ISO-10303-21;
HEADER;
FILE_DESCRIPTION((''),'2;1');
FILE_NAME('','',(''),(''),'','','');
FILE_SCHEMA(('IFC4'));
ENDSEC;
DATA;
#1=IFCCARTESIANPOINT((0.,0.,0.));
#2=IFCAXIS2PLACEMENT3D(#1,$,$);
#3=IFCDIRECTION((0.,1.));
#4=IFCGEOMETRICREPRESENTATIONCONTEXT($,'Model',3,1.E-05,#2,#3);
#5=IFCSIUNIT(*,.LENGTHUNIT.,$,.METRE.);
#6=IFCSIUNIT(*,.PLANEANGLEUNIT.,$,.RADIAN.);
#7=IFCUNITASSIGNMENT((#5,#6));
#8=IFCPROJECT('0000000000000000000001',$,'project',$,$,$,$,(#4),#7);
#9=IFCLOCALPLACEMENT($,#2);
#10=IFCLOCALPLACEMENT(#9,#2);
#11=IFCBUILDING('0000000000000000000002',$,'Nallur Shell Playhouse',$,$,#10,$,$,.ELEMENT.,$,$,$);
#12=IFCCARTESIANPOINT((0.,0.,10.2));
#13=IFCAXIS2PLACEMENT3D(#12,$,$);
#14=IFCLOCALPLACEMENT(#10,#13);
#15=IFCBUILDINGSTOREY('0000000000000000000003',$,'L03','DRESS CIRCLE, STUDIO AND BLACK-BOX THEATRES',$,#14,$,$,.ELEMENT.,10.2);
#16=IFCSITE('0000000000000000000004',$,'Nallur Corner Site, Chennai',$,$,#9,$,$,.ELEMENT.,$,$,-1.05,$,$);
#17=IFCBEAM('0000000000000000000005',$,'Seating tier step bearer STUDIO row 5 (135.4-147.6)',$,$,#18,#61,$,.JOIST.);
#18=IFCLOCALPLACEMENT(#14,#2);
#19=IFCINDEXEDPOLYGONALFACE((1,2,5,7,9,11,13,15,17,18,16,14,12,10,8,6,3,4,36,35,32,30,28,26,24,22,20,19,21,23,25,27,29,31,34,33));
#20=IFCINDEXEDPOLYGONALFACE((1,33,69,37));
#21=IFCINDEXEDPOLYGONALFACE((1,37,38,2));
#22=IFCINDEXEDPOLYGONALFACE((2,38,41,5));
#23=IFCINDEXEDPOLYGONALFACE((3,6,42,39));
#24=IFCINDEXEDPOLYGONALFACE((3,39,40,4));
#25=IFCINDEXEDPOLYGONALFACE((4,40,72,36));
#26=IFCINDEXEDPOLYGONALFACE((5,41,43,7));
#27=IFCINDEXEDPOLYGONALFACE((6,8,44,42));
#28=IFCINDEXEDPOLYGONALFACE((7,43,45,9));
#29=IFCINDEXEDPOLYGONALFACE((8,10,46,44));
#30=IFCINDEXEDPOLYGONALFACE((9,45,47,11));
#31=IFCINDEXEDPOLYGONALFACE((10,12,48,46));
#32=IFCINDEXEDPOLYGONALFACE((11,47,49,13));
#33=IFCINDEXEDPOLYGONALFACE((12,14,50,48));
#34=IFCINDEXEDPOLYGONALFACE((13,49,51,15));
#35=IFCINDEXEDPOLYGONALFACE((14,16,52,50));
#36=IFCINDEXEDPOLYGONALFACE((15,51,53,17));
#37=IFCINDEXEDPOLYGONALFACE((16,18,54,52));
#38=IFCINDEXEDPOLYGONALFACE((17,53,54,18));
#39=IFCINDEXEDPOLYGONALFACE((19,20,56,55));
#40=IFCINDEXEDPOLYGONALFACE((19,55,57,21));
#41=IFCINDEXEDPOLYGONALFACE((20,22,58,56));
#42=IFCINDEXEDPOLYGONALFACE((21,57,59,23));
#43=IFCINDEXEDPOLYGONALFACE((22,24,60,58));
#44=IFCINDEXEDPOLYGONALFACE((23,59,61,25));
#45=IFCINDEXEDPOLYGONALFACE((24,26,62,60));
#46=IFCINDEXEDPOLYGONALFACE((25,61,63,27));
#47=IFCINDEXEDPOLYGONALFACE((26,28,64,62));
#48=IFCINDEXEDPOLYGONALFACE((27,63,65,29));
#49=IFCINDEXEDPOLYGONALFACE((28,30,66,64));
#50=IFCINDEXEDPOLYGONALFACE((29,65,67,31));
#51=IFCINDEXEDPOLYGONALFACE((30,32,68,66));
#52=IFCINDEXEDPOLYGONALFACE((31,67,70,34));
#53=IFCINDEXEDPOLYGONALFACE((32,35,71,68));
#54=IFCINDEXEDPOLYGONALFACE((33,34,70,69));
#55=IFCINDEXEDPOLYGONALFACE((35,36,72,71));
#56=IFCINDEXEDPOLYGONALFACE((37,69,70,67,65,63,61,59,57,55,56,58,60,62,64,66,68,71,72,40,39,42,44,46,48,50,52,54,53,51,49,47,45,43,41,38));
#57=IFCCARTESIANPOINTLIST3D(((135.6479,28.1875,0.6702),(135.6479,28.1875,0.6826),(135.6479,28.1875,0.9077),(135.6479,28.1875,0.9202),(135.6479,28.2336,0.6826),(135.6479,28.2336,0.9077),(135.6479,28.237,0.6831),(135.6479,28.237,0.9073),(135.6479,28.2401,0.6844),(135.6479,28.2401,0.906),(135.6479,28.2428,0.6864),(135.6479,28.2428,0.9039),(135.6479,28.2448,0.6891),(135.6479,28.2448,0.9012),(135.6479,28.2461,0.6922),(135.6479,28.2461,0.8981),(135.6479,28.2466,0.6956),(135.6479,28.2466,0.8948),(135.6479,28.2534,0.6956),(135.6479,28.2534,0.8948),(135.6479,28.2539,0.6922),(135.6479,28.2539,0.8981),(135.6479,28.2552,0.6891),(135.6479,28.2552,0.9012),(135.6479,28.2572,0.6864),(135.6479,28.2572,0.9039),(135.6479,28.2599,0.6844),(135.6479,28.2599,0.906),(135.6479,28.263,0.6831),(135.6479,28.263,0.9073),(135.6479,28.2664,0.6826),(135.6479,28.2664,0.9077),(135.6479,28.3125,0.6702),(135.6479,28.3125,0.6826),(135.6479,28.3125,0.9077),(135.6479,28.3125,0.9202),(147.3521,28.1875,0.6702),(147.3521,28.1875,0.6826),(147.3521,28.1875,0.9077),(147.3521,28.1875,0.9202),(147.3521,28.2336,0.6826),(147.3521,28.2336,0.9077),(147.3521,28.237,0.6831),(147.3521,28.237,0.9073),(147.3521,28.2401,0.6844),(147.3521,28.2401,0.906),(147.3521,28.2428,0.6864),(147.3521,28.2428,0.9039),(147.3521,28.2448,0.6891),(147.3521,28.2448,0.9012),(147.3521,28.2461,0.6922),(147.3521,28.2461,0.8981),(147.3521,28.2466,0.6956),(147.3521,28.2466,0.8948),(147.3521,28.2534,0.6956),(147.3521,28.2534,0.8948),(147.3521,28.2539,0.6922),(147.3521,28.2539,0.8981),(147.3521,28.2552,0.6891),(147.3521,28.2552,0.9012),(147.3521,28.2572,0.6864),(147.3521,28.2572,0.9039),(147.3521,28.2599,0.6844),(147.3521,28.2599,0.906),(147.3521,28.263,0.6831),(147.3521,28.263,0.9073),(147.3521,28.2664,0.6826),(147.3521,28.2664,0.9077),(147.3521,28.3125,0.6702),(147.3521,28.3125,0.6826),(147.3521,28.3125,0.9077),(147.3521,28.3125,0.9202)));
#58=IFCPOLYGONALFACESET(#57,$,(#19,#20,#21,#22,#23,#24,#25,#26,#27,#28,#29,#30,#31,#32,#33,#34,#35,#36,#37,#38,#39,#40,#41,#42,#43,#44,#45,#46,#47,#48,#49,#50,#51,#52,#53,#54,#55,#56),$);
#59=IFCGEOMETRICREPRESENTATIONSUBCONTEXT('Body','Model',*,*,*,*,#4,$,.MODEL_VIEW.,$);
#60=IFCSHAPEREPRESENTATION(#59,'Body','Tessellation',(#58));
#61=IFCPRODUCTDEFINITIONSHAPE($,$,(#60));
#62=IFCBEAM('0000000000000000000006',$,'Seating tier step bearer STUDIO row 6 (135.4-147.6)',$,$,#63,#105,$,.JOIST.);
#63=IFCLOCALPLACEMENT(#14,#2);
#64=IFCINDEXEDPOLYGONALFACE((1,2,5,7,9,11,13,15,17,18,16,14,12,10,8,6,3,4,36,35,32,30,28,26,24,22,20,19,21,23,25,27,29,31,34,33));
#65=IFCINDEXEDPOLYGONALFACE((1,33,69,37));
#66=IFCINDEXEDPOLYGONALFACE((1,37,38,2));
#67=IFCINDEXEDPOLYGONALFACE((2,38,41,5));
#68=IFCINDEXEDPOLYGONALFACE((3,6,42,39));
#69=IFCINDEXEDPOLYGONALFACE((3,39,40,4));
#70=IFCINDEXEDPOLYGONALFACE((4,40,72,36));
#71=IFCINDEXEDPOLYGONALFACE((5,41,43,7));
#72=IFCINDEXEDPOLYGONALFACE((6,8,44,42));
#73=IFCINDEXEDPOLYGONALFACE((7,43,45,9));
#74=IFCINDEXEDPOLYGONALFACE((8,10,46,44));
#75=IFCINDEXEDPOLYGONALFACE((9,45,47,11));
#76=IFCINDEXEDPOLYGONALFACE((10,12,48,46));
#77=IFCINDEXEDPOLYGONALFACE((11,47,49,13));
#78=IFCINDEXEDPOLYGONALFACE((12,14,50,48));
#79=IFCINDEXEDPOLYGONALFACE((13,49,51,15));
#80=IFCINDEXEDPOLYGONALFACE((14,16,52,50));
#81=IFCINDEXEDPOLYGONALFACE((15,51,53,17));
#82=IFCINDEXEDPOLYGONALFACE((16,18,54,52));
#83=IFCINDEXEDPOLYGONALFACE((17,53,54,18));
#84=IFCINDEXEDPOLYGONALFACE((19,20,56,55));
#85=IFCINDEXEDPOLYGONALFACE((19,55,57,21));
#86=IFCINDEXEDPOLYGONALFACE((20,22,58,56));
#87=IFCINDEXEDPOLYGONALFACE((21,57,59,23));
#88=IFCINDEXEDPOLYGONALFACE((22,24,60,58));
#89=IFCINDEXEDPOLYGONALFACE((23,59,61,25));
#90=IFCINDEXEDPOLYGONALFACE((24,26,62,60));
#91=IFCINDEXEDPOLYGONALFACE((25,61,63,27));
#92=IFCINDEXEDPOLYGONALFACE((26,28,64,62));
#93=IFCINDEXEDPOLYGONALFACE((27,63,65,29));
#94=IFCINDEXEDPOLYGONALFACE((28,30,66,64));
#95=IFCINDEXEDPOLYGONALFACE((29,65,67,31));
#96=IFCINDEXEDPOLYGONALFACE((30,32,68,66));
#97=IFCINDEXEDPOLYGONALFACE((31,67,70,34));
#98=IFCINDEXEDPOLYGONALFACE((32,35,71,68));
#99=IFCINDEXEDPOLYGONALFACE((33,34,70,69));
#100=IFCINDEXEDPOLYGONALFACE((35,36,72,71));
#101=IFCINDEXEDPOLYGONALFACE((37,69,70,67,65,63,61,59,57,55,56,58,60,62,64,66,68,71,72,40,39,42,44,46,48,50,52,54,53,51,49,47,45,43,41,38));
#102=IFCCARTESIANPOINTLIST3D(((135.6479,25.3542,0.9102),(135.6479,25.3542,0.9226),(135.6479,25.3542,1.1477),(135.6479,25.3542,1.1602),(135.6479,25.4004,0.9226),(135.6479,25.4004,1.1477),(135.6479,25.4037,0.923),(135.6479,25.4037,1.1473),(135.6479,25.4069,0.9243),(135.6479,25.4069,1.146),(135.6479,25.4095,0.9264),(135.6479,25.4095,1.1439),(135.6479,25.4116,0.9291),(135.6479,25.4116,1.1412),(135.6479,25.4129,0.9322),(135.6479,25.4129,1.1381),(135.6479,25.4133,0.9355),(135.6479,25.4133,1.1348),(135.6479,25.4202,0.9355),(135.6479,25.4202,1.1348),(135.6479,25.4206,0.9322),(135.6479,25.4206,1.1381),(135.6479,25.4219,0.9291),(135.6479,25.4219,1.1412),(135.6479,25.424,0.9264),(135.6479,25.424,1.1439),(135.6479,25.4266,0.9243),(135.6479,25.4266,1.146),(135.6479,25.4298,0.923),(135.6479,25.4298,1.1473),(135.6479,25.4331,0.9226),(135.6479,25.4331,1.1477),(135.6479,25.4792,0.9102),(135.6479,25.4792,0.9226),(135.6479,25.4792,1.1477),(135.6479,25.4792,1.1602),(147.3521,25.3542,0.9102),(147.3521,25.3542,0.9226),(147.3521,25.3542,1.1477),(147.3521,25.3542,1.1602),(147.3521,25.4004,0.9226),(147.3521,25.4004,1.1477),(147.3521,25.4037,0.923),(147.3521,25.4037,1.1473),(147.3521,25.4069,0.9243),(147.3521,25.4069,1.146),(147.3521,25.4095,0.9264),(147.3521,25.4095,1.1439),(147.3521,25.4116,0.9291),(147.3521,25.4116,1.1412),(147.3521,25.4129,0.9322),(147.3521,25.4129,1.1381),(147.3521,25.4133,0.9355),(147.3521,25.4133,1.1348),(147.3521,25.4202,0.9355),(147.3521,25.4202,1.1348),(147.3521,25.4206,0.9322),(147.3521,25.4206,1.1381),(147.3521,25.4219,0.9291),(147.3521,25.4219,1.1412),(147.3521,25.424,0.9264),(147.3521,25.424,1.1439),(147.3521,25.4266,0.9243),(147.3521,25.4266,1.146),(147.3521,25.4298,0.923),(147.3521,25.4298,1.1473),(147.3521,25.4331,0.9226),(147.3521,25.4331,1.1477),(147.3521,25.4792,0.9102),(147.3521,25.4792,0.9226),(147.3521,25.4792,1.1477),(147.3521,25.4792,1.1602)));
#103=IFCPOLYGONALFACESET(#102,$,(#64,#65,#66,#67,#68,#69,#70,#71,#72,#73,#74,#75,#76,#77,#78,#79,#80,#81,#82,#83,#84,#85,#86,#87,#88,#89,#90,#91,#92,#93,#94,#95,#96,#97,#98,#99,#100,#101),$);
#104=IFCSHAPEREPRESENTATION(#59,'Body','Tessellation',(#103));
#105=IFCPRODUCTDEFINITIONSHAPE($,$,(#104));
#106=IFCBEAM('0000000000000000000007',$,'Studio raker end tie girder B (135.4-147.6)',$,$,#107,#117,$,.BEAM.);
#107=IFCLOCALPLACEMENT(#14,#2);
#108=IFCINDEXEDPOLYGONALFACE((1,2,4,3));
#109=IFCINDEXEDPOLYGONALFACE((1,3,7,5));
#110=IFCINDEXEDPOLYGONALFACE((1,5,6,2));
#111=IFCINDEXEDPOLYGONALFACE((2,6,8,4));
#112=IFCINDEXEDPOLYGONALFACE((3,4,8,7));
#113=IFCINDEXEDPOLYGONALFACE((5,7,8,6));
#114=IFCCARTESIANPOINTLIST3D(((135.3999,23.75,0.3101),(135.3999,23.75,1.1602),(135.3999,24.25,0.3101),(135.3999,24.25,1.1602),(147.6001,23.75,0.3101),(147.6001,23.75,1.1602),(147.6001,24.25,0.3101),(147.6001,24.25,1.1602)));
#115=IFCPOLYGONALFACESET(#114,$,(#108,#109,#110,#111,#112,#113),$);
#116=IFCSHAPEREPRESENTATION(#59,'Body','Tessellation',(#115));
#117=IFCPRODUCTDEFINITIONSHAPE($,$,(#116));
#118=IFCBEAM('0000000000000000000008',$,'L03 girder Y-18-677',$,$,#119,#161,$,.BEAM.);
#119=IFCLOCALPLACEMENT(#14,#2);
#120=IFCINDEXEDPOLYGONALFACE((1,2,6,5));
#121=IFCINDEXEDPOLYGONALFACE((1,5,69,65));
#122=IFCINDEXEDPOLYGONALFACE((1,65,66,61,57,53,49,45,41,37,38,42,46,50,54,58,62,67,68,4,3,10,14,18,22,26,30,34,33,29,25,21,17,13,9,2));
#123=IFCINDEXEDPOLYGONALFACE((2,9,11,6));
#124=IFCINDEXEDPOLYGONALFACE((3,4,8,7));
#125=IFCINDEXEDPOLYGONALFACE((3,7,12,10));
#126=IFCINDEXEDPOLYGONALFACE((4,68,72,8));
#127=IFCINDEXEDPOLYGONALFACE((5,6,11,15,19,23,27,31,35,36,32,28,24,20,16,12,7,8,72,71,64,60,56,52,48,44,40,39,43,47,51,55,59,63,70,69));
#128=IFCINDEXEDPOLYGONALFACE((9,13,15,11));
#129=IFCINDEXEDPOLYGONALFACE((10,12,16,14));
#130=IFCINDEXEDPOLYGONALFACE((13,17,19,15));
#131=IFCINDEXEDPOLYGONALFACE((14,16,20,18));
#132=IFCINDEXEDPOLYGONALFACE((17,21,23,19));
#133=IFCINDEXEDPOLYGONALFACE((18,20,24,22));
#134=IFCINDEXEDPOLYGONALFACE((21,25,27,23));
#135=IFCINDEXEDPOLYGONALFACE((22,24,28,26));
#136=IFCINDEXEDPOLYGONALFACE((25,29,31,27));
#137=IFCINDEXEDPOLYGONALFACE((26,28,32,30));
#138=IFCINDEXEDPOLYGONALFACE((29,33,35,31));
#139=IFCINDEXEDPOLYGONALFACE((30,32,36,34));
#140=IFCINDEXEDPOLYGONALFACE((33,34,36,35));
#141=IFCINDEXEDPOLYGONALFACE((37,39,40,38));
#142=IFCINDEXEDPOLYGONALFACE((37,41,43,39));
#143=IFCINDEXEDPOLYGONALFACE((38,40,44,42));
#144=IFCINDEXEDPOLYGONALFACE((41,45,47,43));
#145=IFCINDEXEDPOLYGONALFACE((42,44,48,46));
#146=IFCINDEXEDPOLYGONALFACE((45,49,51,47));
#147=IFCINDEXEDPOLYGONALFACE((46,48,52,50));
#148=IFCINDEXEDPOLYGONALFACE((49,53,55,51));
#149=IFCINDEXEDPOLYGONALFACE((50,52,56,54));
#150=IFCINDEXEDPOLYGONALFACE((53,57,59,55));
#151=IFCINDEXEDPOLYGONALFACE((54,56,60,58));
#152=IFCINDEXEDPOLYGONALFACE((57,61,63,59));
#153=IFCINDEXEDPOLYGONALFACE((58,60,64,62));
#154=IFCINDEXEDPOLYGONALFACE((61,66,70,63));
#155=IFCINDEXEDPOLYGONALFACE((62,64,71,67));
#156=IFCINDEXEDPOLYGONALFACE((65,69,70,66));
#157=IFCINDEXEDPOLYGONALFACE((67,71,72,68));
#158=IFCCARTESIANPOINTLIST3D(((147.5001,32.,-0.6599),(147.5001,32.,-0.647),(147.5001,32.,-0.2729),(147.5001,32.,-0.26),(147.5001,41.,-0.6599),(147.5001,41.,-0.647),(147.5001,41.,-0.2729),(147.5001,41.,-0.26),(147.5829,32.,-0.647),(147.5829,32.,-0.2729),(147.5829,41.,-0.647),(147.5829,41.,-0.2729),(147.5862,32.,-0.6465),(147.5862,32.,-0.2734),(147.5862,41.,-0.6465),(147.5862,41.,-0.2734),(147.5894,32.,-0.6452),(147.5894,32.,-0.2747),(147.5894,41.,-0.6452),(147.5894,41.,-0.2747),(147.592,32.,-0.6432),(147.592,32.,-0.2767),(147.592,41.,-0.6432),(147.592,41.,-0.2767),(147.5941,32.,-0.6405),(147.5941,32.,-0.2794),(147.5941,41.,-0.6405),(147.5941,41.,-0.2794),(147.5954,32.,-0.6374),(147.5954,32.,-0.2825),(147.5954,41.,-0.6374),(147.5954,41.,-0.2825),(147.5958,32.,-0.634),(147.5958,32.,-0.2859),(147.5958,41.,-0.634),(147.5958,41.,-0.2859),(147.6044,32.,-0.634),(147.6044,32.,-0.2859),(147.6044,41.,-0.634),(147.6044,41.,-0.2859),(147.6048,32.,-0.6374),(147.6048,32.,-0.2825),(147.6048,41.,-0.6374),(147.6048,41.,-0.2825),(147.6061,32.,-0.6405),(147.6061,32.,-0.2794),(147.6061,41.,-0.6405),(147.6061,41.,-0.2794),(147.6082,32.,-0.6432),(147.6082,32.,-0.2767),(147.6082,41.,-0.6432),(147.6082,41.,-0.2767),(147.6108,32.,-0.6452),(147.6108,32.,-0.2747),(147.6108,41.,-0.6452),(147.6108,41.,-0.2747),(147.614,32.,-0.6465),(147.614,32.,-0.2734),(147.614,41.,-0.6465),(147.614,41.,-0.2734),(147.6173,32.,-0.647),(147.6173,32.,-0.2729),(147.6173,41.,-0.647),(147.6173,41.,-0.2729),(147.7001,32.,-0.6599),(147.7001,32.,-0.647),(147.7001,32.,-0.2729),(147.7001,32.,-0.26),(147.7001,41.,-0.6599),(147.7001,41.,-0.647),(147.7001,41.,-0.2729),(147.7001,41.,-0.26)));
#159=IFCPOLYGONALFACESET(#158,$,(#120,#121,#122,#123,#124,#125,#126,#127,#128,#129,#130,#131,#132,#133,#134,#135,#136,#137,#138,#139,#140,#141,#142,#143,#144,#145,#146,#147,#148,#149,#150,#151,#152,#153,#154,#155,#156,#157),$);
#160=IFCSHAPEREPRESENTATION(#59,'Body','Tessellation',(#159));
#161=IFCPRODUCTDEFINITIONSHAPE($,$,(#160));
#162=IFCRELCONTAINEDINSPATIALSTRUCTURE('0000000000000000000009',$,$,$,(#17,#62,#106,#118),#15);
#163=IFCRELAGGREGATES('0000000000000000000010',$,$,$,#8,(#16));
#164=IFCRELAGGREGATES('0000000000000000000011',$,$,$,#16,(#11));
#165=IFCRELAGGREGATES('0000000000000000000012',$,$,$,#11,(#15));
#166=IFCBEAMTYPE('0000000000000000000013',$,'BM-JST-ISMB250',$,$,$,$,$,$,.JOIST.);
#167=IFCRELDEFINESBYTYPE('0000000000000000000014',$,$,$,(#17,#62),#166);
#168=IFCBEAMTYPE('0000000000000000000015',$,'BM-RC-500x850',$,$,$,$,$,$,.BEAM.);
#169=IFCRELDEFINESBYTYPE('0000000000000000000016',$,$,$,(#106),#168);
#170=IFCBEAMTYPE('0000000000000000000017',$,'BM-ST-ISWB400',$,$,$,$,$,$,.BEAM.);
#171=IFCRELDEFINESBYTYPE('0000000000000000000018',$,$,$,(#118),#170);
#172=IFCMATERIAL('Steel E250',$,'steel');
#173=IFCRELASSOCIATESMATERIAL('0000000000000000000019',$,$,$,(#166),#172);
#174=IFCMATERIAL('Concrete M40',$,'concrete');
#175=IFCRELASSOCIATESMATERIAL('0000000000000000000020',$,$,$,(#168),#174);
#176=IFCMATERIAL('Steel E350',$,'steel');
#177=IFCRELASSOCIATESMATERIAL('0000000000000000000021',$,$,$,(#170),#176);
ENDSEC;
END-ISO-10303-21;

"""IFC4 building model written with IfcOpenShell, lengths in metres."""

from ifc_helpers import new_model, si_unit, direction, frame, origin, origin_2d, place, context, subcontext, project, spatial, rectangle, i_section, extrude, material, material_profile, profile_set, type_object, element, save


model = new_model("IFC4")

# Units and contexts
model_context = context("Model", 3, precision=1e-05, world=origin(), true_north=direction((0.0, 1.0)))
body_context = subcontext(model_context, "Body", "Model", "MODEL_VIEW")
ifc_project = project(units=[si_unit("LENGTHUNIT", "METRE"), si_unit("PLANEANGLEUNIT", "RADIAN")], contexts=[model_context])

# Site, building, storey
site_placement = place(None, origin())
site = spatial("IfcSite", under=ifc_project, at=site_placement, Name="Nallur Corner Site, Chennai", CompositionType="ELEMENT", RefElevation=-1.05)
building_placement = place(site_placement, origin())
building = spatial("IfcBuilding", under=site, at=building_placement, Name="Nallur Shell Playhouse", CompositionType="ELEMENT")
storey_placement = place(building_placement, frame((0.0, 0.0, 10.2)))
storey = spatial("IfcBuildingStorey", under=building, at=storey_placement, Name="L03", Description="DRESS CIRCLE, STUDIO AND BLACK-BOX THEATRES", CompositionType="ELEMENT", Elevation=10.2)

# Shared definitions
ifc_material_1 = material(Name="Concrete M40", Category="concrete")
ifc_material_2 = material(Name="Steel E350", Category="steel")

# Beams
ifc_material_3 = material(Name="Steel E250", Category="steel")
ifc_material_profile_1 = material_profile(ifc_material_3, i_section(OverallWidth=0.125, OverallDepth=0.25, WebThickness=0.0068, FlangeThickness=0.0125, FilletRadius=0.0129, at=origin_2d()), Name="ISMB 250")
ifc_profile_set_1 = profile_set([ifc_material_profile_1], Name="Steel E250")
beam_type_1 = type_object("IfcBeamType", Name="BM-JST-ISMB250", PredefinedType="JOIST", material=ifc_profile_set_1)
for number, where, z_axis, x_axis, name in (
    (1, (135.6479, 28.25, 0.7952), (1.0, 0.0, 0.0), (0.0, 1.0, 0.0), "Seating tier step bearer STUDIO row 5 (135.4-147.6)"),
    (2, (135.6479, 25.4167, 1.0352), (1.0, 0.0, 0.0), (0.0, 1.0, 0.0), "Seating tier step bearer STUDIO row 6 (135.4-147.6)"),
):
    element("IfcBeam", number, at=place(storey_placement, frame(where, z_axis=z_axis, x_axis=x_axis)), inside=storey, type_object=beam_type_1, Name=name, PredefinedType="JOIST", context=body_context, shape_type="SweptSolid", body=[
        extrude(i_section(OverallWidth=0.125, OverallDepth=0.25, WebThickness=0.0068, FlangeThickness=0.0125, FilletRadius=0.0129, at=origin_2d()), origin(), (0.0, 0.0, 1.0), 11.7041),
    ])
ifc_material_profile_2 = material_profile(ifc_material_1, rectangle(XDim=0.5, YDim=0.8501, at=origin_2d()), Name="RC 500x850")
ifc_profile_set_2 = profile_set([ifc_material_profile_2], Name="Concrete M40")
beam_type_2 = type_object("IfcBeamType", Name="BM-RC-500x850", PredefinedType="BEAM", material=ifc_profile_set_2)
beam_1_placement = place(storey_placement, frame((135.3999, 24.0, 0.7351), z_axis=(1.0, 0.0, 0.0), x_axis=(0.0, 1.0, 0.0)))
element("IfcBeam", 3, at=beam_1_placement, inside=storey, type_object=beam_type_2, Name="Studio raker end tie girder B (135.4-147.6)", PredefinedType="BEAM", context=body_context, shape_type="SweptSolid", body=[
    extrude(rectangle(XDim=0.5, YDim=0.8501, at=origin_2d()), origin(), (0.0, 0.0, 1.0), 12.2002),
])
ifc_material_profile_3 = material_profile(ifc_material_2, i_section(OverallWidth=0.2, OverallDepth=0.3999, WebThickness=0.0085, FlangeThickness=0.0129, FilletRadius=0.0129, at=origin_2d()), Name="ISWB 400")
ifc_profile_set_3 = profile_set([ifc_material_profile_3], Name="Steel E350")
beam_type_3 = type_object("IfcBeamType", Name="BM-ST-ISWB400", PredefinedType="BEAM", material=ifc_profile_set_3)
beam_2_placement = place(storey_placement, frame((147.6001, 32.0, -0.46), z_axis=(0.0, 1.0, 0.0), x_axis=(-1.0, 0.0, 0.0)))
element("IfcBeam", 4, at=beam_2_placement, inside=storey, type_object=beam_type_3, Name="L03 girder Y-18-677", PredefinedType="BEAM", context=body_context, shape_type="SweptSolid", body=[
    extrude(i_section(OverallWidth=0.2, OverallDepth=0.3999, WebThickness=0.0085, FlangeThickness=0.0129, FilletRadius=0.0129, at=origin_2d()), origin(), (0.0, 0.0, 1.0), 9.0),
])

save(model, "model.ifc")
